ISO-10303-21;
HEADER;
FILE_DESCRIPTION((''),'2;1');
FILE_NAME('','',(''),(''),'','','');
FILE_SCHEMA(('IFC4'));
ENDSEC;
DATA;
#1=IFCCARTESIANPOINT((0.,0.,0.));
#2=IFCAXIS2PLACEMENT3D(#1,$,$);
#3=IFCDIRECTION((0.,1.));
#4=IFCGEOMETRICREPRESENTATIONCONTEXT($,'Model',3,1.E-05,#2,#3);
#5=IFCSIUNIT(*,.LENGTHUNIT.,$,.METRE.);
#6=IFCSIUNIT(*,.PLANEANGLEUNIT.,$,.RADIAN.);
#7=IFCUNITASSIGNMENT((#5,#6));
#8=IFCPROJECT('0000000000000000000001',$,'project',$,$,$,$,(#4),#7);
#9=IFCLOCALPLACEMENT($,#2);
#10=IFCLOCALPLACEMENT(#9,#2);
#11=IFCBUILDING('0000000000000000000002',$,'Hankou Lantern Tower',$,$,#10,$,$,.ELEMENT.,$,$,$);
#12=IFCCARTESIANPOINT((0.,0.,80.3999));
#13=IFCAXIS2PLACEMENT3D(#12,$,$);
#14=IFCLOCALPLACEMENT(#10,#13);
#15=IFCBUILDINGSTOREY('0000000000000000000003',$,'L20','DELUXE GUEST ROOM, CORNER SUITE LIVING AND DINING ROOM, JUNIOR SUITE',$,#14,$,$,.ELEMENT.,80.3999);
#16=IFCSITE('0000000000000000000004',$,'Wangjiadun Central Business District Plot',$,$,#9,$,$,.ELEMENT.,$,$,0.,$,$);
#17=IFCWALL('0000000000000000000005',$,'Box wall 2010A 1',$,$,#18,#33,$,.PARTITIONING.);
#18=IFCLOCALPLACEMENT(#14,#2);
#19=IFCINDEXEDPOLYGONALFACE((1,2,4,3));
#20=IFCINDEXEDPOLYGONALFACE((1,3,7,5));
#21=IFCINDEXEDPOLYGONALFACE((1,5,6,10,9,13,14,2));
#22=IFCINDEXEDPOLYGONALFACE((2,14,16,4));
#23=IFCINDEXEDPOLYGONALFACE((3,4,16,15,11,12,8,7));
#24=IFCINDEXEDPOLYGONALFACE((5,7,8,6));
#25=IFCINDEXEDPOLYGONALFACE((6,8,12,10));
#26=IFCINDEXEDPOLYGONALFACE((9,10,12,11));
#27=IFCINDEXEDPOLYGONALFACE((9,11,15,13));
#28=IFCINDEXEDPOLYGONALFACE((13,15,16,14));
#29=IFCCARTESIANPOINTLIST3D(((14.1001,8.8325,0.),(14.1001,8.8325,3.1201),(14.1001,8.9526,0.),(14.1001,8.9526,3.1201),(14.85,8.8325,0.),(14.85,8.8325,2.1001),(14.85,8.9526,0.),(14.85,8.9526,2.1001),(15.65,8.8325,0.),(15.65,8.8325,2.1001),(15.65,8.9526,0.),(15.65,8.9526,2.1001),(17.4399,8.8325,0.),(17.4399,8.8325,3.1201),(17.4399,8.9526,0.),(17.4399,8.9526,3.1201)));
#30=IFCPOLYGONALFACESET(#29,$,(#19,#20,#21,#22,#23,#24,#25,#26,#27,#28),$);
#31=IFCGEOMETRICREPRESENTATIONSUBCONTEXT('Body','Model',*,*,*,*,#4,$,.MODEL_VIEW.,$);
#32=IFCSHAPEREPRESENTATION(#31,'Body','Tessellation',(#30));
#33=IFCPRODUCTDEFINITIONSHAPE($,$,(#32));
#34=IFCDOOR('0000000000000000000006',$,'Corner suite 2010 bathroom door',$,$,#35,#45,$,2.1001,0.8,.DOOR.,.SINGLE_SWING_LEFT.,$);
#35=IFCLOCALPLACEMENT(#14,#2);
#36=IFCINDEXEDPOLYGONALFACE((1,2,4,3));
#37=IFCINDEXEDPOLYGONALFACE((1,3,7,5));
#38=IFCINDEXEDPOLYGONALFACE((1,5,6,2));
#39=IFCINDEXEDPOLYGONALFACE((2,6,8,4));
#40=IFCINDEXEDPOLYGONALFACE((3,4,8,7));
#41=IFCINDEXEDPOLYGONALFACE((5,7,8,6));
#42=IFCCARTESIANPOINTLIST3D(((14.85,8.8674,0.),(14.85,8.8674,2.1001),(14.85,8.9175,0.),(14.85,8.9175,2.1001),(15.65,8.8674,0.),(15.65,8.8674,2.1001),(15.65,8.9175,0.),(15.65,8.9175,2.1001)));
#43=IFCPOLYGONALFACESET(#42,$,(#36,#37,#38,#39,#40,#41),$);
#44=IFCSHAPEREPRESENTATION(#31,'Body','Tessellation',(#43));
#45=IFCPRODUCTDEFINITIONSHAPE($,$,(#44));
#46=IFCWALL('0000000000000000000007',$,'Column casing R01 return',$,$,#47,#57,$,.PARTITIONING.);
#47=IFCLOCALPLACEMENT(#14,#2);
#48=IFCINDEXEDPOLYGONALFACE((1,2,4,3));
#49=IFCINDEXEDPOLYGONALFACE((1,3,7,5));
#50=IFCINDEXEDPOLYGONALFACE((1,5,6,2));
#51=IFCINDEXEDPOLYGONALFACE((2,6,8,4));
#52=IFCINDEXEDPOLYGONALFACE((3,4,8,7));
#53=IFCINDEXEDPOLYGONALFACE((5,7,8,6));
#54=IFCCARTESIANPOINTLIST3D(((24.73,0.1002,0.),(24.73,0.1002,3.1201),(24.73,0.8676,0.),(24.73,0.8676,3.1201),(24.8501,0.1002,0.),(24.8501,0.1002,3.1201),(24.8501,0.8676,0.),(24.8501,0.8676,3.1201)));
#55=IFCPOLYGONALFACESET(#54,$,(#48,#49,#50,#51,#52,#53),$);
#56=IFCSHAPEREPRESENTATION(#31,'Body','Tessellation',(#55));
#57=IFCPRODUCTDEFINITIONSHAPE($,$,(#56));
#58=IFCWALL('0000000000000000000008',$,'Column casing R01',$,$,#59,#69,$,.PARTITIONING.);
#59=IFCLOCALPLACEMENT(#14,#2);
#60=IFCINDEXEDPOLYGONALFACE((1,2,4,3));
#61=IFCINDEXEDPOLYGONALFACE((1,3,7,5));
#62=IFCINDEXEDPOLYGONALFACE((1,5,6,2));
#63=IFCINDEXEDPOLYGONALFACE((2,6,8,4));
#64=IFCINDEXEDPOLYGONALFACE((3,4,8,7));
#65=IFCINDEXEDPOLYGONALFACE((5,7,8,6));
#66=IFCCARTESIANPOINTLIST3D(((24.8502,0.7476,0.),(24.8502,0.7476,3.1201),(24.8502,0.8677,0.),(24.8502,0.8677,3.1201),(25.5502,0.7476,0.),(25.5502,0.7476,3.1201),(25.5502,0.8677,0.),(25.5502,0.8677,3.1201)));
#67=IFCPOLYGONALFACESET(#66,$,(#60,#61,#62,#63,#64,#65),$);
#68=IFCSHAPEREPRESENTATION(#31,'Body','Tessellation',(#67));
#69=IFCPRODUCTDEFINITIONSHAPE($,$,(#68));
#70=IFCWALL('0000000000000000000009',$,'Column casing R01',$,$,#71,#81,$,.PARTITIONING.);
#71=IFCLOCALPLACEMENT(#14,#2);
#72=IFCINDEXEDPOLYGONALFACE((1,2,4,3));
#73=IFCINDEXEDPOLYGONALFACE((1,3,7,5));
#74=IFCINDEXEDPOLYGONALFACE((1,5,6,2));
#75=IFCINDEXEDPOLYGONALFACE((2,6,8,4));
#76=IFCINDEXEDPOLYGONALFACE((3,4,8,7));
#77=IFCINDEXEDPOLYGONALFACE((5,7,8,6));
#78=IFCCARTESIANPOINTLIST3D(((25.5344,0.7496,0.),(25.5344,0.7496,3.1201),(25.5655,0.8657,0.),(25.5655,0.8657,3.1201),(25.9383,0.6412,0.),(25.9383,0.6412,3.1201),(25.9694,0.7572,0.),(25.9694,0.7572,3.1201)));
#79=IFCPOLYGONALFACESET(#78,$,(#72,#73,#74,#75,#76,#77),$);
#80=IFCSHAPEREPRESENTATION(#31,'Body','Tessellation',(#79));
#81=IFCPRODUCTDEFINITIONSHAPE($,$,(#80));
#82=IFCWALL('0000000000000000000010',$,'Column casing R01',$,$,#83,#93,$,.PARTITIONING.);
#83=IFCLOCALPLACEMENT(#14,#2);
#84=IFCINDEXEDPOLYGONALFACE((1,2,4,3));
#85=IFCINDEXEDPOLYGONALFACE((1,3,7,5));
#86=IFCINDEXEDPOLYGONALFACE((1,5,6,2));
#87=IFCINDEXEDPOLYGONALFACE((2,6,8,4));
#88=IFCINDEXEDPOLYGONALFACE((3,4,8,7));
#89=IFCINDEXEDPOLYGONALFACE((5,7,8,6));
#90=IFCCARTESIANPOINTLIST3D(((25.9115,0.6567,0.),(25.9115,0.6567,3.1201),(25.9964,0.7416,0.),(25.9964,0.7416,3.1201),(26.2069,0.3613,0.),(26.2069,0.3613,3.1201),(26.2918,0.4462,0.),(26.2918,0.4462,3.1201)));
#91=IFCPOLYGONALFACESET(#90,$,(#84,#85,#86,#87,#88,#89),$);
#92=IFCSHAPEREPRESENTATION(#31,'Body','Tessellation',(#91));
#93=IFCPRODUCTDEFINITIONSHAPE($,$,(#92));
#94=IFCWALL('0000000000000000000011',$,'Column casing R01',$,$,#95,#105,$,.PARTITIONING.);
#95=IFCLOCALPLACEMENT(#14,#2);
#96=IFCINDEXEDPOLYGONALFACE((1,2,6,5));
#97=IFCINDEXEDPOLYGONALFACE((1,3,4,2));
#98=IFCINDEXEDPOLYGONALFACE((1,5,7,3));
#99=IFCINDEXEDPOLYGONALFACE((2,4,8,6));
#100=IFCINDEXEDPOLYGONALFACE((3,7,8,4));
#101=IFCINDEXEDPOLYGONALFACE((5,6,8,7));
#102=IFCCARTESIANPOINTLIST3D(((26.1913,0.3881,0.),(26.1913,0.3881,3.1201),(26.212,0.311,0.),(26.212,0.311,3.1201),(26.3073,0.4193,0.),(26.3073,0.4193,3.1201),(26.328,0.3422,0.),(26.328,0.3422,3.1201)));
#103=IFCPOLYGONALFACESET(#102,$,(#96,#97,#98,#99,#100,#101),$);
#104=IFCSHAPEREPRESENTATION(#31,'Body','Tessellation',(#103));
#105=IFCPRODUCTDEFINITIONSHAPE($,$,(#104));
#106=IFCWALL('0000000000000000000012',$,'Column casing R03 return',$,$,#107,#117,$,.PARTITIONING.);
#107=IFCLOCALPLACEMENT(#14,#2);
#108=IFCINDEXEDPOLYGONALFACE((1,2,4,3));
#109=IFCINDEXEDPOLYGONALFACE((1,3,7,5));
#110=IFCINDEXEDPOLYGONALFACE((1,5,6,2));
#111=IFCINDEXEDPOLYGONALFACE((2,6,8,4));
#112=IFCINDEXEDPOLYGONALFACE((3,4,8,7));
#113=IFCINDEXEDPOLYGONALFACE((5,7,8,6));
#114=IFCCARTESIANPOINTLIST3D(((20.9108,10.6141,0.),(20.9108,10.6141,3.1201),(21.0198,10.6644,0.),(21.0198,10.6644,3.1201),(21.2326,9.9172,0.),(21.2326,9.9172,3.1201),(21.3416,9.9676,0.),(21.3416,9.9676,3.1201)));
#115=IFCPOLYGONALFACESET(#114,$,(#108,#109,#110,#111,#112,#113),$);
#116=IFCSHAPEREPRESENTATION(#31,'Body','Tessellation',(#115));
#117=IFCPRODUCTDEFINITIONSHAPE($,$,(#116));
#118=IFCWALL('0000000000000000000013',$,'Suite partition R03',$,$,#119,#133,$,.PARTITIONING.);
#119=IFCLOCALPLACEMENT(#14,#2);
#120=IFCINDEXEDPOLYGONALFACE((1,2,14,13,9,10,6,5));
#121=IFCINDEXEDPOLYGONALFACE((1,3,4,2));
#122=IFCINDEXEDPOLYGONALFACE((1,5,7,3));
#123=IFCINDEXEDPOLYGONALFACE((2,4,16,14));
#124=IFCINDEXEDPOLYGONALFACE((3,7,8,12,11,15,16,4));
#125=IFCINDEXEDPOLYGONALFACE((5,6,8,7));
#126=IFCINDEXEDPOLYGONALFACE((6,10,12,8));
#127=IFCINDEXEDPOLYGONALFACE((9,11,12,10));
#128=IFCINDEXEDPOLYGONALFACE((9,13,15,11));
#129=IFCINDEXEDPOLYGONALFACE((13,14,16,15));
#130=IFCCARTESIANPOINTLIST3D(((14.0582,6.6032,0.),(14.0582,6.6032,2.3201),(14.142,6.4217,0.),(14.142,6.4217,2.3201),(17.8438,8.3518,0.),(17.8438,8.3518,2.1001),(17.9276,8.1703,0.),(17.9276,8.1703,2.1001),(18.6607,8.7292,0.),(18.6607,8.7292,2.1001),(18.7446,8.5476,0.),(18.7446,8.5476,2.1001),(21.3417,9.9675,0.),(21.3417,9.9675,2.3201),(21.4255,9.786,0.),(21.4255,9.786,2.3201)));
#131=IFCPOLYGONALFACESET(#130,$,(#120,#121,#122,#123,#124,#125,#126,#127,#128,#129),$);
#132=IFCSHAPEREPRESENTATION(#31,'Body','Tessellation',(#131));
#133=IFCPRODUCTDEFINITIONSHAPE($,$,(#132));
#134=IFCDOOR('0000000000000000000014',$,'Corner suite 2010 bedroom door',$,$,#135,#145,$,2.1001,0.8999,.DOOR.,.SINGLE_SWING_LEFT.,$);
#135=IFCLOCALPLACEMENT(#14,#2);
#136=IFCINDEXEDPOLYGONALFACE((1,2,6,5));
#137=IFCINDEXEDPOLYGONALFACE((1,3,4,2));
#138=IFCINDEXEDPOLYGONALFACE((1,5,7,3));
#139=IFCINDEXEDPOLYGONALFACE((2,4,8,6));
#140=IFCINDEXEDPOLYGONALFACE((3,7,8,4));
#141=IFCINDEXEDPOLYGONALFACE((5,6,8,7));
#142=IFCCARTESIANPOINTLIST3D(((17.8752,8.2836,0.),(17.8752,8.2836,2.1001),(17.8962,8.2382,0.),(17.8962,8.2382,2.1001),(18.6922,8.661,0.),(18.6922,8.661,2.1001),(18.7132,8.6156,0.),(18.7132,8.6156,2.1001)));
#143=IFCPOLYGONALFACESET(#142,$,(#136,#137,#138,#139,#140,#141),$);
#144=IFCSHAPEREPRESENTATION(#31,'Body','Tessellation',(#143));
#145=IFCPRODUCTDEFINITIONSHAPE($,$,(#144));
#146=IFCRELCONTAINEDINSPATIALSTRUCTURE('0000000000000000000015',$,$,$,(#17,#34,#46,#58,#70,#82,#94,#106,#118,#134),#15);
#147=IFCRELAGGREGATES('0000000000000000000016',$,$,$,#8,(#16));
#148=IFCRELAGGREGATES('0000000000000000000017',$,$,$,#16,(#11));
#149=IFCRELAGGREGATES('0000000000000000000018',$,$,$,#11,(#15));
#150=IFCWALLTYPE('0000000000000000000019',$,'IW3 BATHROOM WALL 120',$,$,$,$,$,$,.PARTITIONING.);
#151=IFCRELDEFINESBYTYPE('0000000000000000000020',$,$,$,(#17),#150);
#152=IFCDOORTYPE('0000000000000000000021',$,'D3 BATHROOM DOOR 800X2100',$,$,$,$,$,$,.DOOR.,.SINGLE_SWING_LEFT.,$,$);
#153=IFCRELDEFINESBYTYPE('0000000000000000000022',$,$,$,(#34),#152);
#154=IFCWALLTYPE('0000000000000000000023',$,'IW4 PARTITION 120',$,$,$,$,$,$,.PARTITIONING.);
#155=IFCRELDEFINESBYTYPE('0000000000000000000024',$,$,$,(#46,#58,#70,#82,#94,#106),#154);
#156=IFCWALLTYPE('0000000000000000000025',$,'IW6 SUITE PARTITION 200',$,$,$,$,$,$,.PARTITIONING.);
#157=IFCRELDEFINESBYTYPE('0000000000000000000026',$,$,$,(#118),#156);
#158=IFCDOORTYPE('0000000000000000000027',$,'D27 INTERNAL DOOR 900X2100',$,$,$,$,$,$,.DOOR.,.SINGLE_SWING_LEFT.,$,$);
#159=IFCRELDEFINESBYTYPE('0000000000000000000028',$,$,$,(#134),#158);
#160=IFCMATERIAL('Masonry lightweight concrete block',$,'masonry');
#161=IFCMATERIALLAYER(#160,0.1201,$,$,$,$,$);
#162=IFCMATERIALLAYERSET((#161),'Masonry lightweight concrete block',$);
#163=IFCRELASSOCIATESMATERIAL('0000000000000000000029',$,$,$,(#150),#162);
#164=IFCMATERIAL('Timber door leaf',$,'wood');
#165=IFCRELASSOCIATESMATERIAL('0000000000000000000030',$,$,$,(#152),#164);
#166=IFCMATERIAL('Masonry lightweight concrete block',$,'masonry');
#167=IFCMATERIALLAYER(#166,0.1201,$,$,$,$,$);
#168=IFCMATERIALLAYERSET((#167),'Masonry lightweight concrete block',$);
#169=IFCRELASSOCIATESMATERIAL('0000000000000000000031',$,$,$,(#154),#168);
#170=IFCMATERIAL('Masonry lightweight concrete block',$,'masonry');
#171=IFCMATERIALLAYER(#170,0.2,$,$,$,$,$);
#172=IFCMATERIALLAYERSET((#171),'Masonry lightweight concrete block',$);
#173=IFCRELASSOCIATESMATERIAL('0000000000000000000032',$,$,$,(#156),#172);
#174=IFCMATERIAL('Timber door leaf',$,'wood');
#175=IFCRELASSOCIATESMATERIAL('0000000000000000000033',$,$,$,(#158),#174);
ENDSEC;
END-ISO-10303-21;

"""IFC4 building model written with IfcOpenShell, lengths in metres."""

from ifc_helpers import new_model, si_unit, direction, frame, frame_2d, origin, place, context, subcontext, project, spatial, rectangle, extrude, material, layer, layer_set, type_object, element, fill, save


model = new_model("IFC4")

# Units and contexts
model_context = context("Model", 3, precision=1e-05, world=origin(), true_north=direction((0.0, 1.0)))
body_context = subcontext(model_context, "Body", "Model", "MODEL_VIEW")
ifc_project = project(units=[si_unit("LENGTHUNIT", "METRE"), si_unit("PLANEANGLEUNIT", "RADIAN")], contexts=[model_context])

# Site, building, storey
site_placement = place(None, origin())
site = spatial("IfcSite", under=ifc_project, at=site_placement, Name="Wangjiadun Central Business District Plot", CompositionType="ELEMENT", RefElevation=0.0)
building_placement = place(site_placement, origin())
building = spatial("IfcBuilding", under=site, at=building_placement, Name="Hankou Lantern Tower", CompositionType="ELEMENT")
storey_placement = place(building_placement, frame((0.0, 0.0, 80.3999)))
storey = spatial("IfcBuildingStorey", under=building, at=storey_placement, Name="L20", Description="DELUXE GUEST ROOM, CORNER SUITE LIVING AND DINING ROOM, JUNIOR SUITE", CompositionType="ELEMENT", Elevation=80.3999)

# Shared definitions
ifc_material_1 = material(Name="Masonry lightweight concrete block", Category="masonry")
ifc_layer_1 = layer(ifc_material_1, 0.1201)
ifc_layer_set_1 = layer_set([ifc_layer_1], Name="Masonry lightweight concrete block")
wall_type_1 = type_object("IfcWallType", Name="IW3 BATHROOM WALL 120", PredefinedType="PARTITIONING", material=ifc_layer_set_1)

# Shared definitions
ifc_material_2 = material(Name="Timber door leaf", Category="wood")
door_type_1 = type_object("IfcDoorType", Name="D3 BATHROOM DOOR 800X2100", OperationType="SINGLE_SWING_LEFT", PredefinedType="DOOR", material=ifc_material_2)

# Wall, opening, door
wall_1_placement = place(storey_placement, frame((14.1001, 8.8926, 0.0), z_axis=(0.0, 0.0, 1.0), x_axis=(1.0, 0.0, 0.0)))
wall_1 = element("IfcWall", 1, at=wall_1_placement, inside=storey, type_object=wall_type_1, Name="Box wall 2010A 1", PredefinedType="PARTITIONING", context=body_context, shape_type="SweptSolid", body=[
    extrude(rectangle(XDim=3.3398, YDim=0.1201, at=frame_2d((1.6699, 0.0))), origin(), (0.0, 0.0, 1.0), 3.1201),
])
opening_1_placement = place(wall_1_placement, frame((0.75, 0.0, 0.0)))
opening_1 = element("IfcOpeningElement", 2, at=opening_1_placement, cuts=wall_1, PredefinedType="OPENING", context=body_context, shape_type="SweptSolid", body=[
    extrude(rectangle(XDim=0.8, YDim=2.1001, at=frame_2d((0.3999, 1.05))), frame((0.0, 0.0701, 0.0), z_axis=(0.0, -1.0, 0.0), x_axis=(1.0, 0.0, 0.0)), (0.0, 0.0, 1.0), 0.1401),
])
door_1_placement = place(opening_1_placement, origin())
door_1 = element("IfcDoor", 3, at=door_1_placement, inside=storey, type_object=door_type_1, Name="Corner suite 2010 bathroom door", OperationType="SINGLE_SWING_LEFT", OverallHeight=2.1001, OverallWidth=0.8, PredefinedType="DOOR", context=body_context, shape_type="SweptSolid", body=[
    extrude(rectangle(XDim=0.8, YDim=2.1001, at=frame_2d((0.3999, 1.05))), frame((0.0, 0.0249, 0.0), z_axis=(0.0, -1.0, 0.0), x_axis=(1.0, 0.0, 0.0)), (0.0, 0.0, 1.0), 0.05),
])
fill(opening_1, door_1)

# Walls
ifc_material_3 = material(Name="Masonry lightweight concrete block", Category="masonry")
ifc_layer_2 = layer(ifc_material_3, 0.1201)
ifc_layer_set_2 = layer_set([ifc_layer_2], Name="Masonry lightweight concrete block")
wall_type_2 = type_object("IfcWallType", Name="IW4 PARTITION 120", PredefinedType="PARTITIONING", material=ifc_layer_set_2)
wall_2_placement = place(storey_placement, frame((24.79, 0.1001, 0.0), z_axis=(0.0, 0.0, 1.0), x_axis=(0.0, 1.0, 0.0)))
element("IfcWall", 4, at=wall_2_placement, inside=storey, type_object=wall_type_2, Name="Column casing R01 return", PredefinedType="PARTITIONING", context=body_context, shape_type="SweptSolid", body=[
    extrude(rectangle(XDim=0.7673, YDim=0.1201, at=frame_2d((0.3838, 0.0))), origin(), (0.0, 0.0, 1.0), 3.1201),
])
wall_3_placement = place(storey_placement, frame((24.8501, 0.8076, 0.0), z_axis=(0.0, 0.0, 1.0), x_axis=(1.0, 0.0, 0.0)))
element("IfcWall", 5, at=wall_3_placement, inside=storey, type_object=wall_type_2, Name="Column casing R01", PredefinedType="PARTITIONING", context=body_context, shape_type="SweptSolid", body=[
    extrude(rectangle(XDim=0.7, YDim=0.1201, at=frame_2d((0.3501, 0.0))), origin(), (0.0, 0.0, 1.0), 3.1201),
])
wall_4_placement = place(storey_placement, frame((25.55, 0.8076, 0.0), z_axis=(0.0, 0.0, 1.0), x_axis=(0.965807, -0.259261, 0.0)))
element("IfcWall", 6, at=wall_4_placement, inside=storey, type_object=wall_type_2, Name="Column casing R01", PredefinedType="PARTITIONING", context=body_context, shape_type="SweptSolid", body=[
    extrude(rectangle(XDim=0.4182, YDim=0.1201, at=frame_2d((0.209, 0.0))), origin(), (0.0, 0.0, 1.0), 3.1201),
])
wall_5_placement = place(storey_placement, frame((25.9539, 0.6992, 0.0), z_axis=(0.0, 0.0, 1.0), x_axis=(0.707107, -0.707107, 0.0)))
element("IfcWall", 7, at=wall_5_placement, inside=storey, type_object=wall_type_2, Name="Column casing R01", PredefinedType="PARTITIONING", context=body_context, shape_type="SweptSolid", body=[
    extrude(rectangle(XDim=0.4177, YDim=0.1201, at=frame_2d((0.209, 0.0))), origin(), (0.0, 0.0, 1.0), 3.1201),
])
wall_6_placement = place(storey_placement, frame((26.2493, 0.4038, 0.0), z_axis=(0.0, 0.0, 1.0), x_axis=(0.259754, -0.965675, 0.0)))
element("IfcWall", 8, at=wall_6_placement, inside=storey, type_object=wall_type_2, Name="Column casing R01", PredefinedType="PARTITIONING", context=body_context, shape_type="SweptSolid", body=[
    extrude(rectangle(XDim=0.0798, YDim=0.1201, at=frame_2d((0.04, 0.0))), origin(), (0.0, 0.0, 1.0), 3.1201),
])
wall_7_placement = place(storey_placement, frame((21.2871, 9.9424, 0.0), z_axis=(0.0, 0.0, 1.0), x_axis=(-0.41926, 0.907866, 0.0)))
element("IfcWall", 9, at=wall_7_placement, inside=storey, type_object=wall_type_2, Name="Column casing R03 return", PredefinedType="PARTITIONING", context=body_context, shape_type="SweptSolid", body=[
    extrude(rectangle(XDim=0.7676, YDim=0.1201, at=frame_2d((0.3838, 0.0))), origin(), (0.0, 0.0, 1.0), 3.1201),
])

# Wall, opening, door
ifc_material_4 = material(Name="Masonry lightweight concrete block", Category="masonry")
ifc_layer_3 = layer(ifc_material_4, 0.2)
ifc_layer_set_3 = layer_set([ifc_layer_3], Name="Masonry lightweight concrete block")
wall_type_3 = type_object("IfcWallType", Name="IW6 SUITE PARTITION 200", PredefinedType="PARTITIONING", material=ifc_layer_set_3)
wall_8_placement = place(storey_placement, frame((14.1001, 6.5125, 0.0), z_axis=(0.0, 0.0, 1.0), x_axis=(0.907833, 0.419332, 0.0)))
wall_8 = element("IfcWall", 10, at=wall_8_placement, inside=storey, type_object=wall_type_3, Name="Suite partition R03", PredefinedType="PARTITIONING", context=body_context, shape_type="SweptSolid", body=[
    extrude(rectangle(XDim=8.0229, YDim=0.2, at=frame_2d((4.0115, 0.0))), origin(), (0.0, 0.0, 1.0), 2.3201),
])
opening_2_placement = place(wall_8_placement, frame((4.1699, 0.0, 0.0)))
opening_2 = element("IfcOpeningElement", 11, at=opening_2_placement, cuts=wall_8, PredefinedType="OPENING", context=body_context, shape_type="SweptSolid", body=[
    extrude(rectangle(XDim=0.8999, YDim=2.1001, at=frame_2d((0.45, 1.05))), frame((0.0, 0.1099, 0.0), z_axis=(0.0, -1.0, 0.0), x_axis=(1.0, 0.0, 0.0)), (0.0, 0.0, 1.0), 0.22),
])
ifc_material_5 = material(Name="Timber door leaf", Category="wood")
door_type_2 = type_object("IfcDoorType", Name="D27 INTERNAL DOOR 900X2100", OperationType="SINGLE_SWING_LEFT", PredefinedType="DOOR", material=ifc_material_5)
door_2_placement = place(opening_2_placement, origin())
door_2 = element("IfcDoor", 12, at=door_2_placement, inside=storey, type_object=door_type_2, Name="Corner suite 2010 bedroom door", OperationType="SINGLE_SWING_LEFT", OverallHeight=2.1001, OverallWidth=0.8999, PredefinedType="DOOR", context=body_context, shape_type="SweptSolid", body=[
    extrude(rectangle(XDim=0.8999, YDim=2.1001, at=frame_2d((0.45, 1.05))), frame((0.0, 0.0249, 0.0), z_axis=(0.0, -1.0, 0.0), x_axis=(1.0, 0.0, 0.0)), (0.0, 0.0, 1.0), 0.05),
])
fill(opening_2, door_2)

save(model, "model.ifc")
